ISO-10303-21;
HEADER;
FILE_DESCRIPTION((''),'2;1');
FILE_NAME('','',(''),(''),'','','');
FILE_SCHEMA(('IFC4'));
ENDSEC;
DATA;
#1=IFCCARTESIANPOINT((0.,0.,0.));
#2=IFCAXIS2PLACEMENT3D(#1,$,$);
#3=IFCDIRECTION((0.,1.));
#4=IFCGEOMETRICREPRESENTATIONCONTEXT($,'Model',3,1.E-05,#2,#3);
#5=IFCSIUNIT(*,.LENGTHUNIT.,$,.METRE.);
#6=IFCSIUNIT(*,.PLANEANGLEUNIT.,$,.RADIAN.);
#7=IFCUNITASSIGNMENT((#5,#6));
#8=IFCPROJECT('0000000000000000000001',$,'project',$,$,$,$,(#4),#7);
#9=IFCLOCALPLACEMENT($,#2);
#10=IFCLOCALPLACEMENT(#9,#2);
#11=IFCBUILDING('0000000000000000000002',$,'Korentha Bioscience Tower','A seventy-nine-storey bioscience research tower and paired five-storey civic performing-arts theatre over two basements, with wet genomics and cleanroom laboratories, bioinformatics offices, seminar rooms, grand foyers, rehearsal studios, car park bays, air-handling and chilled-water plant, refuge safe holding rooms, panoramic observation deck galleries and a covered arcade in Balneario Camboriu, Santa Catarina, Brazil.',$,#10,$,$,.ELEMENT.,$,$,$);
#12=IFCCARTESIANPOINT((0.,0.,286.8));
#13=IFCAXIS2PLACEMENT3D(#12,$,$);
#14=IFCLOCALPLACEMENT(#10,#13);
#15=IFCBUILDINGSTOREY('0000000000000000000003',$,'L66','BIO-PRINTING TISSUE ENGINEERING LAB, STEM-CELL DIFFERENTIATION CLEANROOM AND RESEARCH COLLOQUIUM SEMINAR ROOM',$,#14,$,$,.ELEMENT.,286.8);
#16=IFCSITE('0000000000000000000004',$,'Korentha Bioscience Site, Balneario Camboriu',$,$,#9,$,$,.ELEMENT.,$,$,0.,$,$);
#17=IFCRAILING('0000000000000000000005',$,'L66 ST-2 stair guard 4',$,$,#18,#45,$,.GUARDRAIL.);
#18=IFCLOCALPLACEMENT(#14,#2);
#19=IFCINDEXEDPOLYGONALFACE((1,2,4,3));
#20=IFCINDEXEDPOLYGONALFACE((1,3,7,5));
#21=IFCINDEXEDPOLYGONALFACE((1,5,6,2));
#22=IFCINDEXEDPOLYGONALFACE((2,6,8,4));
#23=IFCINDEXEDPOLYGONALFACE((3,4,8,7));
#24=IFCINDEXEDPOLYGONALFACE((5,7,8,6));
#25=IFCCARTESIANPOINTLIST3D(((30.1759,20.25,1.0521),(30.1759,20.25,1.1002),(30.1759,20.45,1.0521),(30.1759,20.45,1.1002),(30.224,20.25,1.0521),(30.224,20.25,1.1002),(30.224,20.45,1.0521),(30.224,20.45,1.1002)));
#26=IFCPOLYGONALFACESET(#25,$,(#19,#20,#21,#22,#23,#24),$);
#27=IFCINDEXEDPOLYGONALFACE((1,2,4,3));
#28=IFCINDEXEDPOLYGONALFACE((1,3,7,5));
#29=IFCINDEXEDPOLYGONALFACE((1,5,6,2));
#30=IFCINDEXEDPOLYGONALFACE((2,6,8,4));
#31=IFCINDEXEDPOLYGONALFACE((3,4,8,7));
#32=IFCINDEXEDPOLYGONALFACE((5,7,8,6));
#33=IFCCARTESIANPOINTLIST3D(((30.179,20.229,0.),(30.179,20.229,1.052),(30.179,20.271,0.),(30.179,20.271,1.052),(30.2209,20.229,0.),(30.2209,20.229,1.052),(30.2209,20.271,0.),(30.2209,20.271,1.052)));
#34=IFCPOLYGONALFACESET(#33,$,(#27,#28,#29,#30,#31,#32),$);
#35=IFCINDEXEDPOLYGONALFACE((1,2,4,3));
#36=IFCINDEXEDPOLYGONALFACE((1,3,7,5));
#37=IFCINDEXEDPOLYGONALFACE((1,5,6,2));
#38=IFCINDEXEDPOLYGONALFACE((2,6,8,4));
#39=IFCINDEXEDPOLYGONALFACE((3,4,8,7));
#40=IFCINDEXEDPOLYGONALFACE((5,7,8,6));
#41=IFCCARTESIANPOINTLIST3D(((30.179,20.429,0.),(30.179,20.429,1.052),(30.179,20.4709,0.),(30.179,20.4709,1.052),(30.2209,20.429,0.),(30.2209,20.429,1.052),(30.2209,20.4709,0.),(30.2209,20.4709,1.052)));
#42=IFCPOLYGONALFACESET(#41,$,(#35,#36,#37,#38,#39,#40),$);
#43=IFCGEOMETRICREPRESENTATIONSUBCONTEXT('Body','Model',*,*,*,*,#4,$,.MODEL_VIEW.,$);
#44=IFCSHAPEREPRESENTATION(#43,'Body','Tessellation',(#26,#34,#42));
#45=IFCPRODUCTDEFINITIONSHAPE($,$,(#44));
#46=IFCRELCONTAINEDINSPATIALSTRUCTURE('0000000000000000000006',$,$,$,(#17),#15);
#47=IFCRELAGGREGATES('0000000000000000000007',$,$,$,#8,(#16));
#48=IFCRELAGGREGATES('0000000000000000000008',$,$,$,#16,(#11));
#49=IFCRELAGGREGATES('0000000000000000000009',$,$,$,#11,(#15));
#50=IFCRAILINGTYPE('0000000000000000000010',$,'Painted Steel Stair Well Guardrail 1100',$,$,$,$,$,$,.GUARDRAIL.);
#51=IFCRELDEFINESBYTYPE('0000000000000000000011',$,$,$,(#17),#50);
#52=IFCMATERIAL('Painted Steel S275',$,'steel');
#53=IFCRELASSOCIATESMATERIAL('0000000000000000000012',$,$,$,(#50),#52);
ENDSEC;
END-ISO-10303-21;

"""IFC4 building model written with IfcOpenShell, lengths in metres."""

from ifc_helpers import new_model, si_unit, direction, frame, origin, origin_2d, place, context, subcontext, project, spatial, rectangle, extrude, material, type_object, element, save


model = new_model("IFC4")

# Units and contexts
model_context = context("Model", 3, precision=1e-05, world=origin(), true_north=direction((0.0, 1.0)))
body_context = subcontext(model_context, "Body", "Model", "MODEL_VIEW")
ifc_project = project(units=[si_unit("LENGTHUNIT", "METRE"), si_unit("PLANEANGLEUNIT", "RADIAN")], contexts=[model_context])

# Site, building, storey
site_placement = place(None, origin())
site = spatial("IfcSite", under=ifc_project, at=site_placement, Name="Korentha Bioscience Site, Balneario Camboriu", CompositionType="ELEMENT", RefElevation=0.0)
building_placement = place(site_placement, origin())
building = spatial("IfcBuilding", under=site, at=building_placement, Name="Korentha Bioscience Tower", Description="A seventy-nine-storey bioscience research tower and paired five-storey civic performing-arts theatre over two basements, with wet genomics and cleanroom laboratories, bioinformatics offices, seminar rooms, grand foyers, rehearsal studios, car park bays, air-handling and chilled-water plant, refuge safe holding rooms, panoramic observation deck galleries and a covered arcade in Balneario Camboriu, Santa Catarina, Brazil.", CompositionType="ELEMENT")
storey_placement = place(building_placement, frame((0.0, 0.0, 286.8)))
storey = spatial("IfcBuildingStorey", under=building, at=storey_placement, Name="L66", Description="BIO-PRINTING TISSUE ENGINEERING LAB, STEM-CELL DIFFERENTIATION CLEANROOM AND RESEARCH COLLOQUIUM SEMINAR ROOM", CompositionType="ELEMENT", Elevation=286.8)

# Railing
ifc_material_1 = material(Name="Painted Steel S275", Category="steel")
railing_type_1 = type_object("IfcRailingType", Name="Painted Steel Stair Well Guardrail 1100", PredefinedType="GUARDRAIL", material=ifc_material_1)
railing_1_placement = place(storey_placement, frame((30.2, 20.25, 0.0)))
element("IfcRailing", 1, at=railing_1_placement, inside=storey, type_object=railing_type_1, Name="L66 ST-2 stair guard 4", PredefinedType="GUARDRAIL", context=body_context, shape_type="SweptSolid", body=[
    extrude(rectangle(XDim=0.0481, YDim=0.0481, at=origin_2d()), frame((0.0, 0.0, 1.0762), z_axis=(0.0, 1.0, 0.0), x_axis=(-1.0, 0.0, 0.0)), (0.0, 0.0, 1.0), 0.2),
    extrude(rectangle(XDim=0.042, YDim=0.042, at=origin_2d()), origin(), (0.0, 0.0, 1.0), 1.052),
    extrude(rectangle(XDim=0.042, YDim=0.042, at=origin_2d()), frame((0.0, 0.2, 0.0)), (0.0, 0.0, 1.0), 1.052),
])

save(model, "model.ifc")
